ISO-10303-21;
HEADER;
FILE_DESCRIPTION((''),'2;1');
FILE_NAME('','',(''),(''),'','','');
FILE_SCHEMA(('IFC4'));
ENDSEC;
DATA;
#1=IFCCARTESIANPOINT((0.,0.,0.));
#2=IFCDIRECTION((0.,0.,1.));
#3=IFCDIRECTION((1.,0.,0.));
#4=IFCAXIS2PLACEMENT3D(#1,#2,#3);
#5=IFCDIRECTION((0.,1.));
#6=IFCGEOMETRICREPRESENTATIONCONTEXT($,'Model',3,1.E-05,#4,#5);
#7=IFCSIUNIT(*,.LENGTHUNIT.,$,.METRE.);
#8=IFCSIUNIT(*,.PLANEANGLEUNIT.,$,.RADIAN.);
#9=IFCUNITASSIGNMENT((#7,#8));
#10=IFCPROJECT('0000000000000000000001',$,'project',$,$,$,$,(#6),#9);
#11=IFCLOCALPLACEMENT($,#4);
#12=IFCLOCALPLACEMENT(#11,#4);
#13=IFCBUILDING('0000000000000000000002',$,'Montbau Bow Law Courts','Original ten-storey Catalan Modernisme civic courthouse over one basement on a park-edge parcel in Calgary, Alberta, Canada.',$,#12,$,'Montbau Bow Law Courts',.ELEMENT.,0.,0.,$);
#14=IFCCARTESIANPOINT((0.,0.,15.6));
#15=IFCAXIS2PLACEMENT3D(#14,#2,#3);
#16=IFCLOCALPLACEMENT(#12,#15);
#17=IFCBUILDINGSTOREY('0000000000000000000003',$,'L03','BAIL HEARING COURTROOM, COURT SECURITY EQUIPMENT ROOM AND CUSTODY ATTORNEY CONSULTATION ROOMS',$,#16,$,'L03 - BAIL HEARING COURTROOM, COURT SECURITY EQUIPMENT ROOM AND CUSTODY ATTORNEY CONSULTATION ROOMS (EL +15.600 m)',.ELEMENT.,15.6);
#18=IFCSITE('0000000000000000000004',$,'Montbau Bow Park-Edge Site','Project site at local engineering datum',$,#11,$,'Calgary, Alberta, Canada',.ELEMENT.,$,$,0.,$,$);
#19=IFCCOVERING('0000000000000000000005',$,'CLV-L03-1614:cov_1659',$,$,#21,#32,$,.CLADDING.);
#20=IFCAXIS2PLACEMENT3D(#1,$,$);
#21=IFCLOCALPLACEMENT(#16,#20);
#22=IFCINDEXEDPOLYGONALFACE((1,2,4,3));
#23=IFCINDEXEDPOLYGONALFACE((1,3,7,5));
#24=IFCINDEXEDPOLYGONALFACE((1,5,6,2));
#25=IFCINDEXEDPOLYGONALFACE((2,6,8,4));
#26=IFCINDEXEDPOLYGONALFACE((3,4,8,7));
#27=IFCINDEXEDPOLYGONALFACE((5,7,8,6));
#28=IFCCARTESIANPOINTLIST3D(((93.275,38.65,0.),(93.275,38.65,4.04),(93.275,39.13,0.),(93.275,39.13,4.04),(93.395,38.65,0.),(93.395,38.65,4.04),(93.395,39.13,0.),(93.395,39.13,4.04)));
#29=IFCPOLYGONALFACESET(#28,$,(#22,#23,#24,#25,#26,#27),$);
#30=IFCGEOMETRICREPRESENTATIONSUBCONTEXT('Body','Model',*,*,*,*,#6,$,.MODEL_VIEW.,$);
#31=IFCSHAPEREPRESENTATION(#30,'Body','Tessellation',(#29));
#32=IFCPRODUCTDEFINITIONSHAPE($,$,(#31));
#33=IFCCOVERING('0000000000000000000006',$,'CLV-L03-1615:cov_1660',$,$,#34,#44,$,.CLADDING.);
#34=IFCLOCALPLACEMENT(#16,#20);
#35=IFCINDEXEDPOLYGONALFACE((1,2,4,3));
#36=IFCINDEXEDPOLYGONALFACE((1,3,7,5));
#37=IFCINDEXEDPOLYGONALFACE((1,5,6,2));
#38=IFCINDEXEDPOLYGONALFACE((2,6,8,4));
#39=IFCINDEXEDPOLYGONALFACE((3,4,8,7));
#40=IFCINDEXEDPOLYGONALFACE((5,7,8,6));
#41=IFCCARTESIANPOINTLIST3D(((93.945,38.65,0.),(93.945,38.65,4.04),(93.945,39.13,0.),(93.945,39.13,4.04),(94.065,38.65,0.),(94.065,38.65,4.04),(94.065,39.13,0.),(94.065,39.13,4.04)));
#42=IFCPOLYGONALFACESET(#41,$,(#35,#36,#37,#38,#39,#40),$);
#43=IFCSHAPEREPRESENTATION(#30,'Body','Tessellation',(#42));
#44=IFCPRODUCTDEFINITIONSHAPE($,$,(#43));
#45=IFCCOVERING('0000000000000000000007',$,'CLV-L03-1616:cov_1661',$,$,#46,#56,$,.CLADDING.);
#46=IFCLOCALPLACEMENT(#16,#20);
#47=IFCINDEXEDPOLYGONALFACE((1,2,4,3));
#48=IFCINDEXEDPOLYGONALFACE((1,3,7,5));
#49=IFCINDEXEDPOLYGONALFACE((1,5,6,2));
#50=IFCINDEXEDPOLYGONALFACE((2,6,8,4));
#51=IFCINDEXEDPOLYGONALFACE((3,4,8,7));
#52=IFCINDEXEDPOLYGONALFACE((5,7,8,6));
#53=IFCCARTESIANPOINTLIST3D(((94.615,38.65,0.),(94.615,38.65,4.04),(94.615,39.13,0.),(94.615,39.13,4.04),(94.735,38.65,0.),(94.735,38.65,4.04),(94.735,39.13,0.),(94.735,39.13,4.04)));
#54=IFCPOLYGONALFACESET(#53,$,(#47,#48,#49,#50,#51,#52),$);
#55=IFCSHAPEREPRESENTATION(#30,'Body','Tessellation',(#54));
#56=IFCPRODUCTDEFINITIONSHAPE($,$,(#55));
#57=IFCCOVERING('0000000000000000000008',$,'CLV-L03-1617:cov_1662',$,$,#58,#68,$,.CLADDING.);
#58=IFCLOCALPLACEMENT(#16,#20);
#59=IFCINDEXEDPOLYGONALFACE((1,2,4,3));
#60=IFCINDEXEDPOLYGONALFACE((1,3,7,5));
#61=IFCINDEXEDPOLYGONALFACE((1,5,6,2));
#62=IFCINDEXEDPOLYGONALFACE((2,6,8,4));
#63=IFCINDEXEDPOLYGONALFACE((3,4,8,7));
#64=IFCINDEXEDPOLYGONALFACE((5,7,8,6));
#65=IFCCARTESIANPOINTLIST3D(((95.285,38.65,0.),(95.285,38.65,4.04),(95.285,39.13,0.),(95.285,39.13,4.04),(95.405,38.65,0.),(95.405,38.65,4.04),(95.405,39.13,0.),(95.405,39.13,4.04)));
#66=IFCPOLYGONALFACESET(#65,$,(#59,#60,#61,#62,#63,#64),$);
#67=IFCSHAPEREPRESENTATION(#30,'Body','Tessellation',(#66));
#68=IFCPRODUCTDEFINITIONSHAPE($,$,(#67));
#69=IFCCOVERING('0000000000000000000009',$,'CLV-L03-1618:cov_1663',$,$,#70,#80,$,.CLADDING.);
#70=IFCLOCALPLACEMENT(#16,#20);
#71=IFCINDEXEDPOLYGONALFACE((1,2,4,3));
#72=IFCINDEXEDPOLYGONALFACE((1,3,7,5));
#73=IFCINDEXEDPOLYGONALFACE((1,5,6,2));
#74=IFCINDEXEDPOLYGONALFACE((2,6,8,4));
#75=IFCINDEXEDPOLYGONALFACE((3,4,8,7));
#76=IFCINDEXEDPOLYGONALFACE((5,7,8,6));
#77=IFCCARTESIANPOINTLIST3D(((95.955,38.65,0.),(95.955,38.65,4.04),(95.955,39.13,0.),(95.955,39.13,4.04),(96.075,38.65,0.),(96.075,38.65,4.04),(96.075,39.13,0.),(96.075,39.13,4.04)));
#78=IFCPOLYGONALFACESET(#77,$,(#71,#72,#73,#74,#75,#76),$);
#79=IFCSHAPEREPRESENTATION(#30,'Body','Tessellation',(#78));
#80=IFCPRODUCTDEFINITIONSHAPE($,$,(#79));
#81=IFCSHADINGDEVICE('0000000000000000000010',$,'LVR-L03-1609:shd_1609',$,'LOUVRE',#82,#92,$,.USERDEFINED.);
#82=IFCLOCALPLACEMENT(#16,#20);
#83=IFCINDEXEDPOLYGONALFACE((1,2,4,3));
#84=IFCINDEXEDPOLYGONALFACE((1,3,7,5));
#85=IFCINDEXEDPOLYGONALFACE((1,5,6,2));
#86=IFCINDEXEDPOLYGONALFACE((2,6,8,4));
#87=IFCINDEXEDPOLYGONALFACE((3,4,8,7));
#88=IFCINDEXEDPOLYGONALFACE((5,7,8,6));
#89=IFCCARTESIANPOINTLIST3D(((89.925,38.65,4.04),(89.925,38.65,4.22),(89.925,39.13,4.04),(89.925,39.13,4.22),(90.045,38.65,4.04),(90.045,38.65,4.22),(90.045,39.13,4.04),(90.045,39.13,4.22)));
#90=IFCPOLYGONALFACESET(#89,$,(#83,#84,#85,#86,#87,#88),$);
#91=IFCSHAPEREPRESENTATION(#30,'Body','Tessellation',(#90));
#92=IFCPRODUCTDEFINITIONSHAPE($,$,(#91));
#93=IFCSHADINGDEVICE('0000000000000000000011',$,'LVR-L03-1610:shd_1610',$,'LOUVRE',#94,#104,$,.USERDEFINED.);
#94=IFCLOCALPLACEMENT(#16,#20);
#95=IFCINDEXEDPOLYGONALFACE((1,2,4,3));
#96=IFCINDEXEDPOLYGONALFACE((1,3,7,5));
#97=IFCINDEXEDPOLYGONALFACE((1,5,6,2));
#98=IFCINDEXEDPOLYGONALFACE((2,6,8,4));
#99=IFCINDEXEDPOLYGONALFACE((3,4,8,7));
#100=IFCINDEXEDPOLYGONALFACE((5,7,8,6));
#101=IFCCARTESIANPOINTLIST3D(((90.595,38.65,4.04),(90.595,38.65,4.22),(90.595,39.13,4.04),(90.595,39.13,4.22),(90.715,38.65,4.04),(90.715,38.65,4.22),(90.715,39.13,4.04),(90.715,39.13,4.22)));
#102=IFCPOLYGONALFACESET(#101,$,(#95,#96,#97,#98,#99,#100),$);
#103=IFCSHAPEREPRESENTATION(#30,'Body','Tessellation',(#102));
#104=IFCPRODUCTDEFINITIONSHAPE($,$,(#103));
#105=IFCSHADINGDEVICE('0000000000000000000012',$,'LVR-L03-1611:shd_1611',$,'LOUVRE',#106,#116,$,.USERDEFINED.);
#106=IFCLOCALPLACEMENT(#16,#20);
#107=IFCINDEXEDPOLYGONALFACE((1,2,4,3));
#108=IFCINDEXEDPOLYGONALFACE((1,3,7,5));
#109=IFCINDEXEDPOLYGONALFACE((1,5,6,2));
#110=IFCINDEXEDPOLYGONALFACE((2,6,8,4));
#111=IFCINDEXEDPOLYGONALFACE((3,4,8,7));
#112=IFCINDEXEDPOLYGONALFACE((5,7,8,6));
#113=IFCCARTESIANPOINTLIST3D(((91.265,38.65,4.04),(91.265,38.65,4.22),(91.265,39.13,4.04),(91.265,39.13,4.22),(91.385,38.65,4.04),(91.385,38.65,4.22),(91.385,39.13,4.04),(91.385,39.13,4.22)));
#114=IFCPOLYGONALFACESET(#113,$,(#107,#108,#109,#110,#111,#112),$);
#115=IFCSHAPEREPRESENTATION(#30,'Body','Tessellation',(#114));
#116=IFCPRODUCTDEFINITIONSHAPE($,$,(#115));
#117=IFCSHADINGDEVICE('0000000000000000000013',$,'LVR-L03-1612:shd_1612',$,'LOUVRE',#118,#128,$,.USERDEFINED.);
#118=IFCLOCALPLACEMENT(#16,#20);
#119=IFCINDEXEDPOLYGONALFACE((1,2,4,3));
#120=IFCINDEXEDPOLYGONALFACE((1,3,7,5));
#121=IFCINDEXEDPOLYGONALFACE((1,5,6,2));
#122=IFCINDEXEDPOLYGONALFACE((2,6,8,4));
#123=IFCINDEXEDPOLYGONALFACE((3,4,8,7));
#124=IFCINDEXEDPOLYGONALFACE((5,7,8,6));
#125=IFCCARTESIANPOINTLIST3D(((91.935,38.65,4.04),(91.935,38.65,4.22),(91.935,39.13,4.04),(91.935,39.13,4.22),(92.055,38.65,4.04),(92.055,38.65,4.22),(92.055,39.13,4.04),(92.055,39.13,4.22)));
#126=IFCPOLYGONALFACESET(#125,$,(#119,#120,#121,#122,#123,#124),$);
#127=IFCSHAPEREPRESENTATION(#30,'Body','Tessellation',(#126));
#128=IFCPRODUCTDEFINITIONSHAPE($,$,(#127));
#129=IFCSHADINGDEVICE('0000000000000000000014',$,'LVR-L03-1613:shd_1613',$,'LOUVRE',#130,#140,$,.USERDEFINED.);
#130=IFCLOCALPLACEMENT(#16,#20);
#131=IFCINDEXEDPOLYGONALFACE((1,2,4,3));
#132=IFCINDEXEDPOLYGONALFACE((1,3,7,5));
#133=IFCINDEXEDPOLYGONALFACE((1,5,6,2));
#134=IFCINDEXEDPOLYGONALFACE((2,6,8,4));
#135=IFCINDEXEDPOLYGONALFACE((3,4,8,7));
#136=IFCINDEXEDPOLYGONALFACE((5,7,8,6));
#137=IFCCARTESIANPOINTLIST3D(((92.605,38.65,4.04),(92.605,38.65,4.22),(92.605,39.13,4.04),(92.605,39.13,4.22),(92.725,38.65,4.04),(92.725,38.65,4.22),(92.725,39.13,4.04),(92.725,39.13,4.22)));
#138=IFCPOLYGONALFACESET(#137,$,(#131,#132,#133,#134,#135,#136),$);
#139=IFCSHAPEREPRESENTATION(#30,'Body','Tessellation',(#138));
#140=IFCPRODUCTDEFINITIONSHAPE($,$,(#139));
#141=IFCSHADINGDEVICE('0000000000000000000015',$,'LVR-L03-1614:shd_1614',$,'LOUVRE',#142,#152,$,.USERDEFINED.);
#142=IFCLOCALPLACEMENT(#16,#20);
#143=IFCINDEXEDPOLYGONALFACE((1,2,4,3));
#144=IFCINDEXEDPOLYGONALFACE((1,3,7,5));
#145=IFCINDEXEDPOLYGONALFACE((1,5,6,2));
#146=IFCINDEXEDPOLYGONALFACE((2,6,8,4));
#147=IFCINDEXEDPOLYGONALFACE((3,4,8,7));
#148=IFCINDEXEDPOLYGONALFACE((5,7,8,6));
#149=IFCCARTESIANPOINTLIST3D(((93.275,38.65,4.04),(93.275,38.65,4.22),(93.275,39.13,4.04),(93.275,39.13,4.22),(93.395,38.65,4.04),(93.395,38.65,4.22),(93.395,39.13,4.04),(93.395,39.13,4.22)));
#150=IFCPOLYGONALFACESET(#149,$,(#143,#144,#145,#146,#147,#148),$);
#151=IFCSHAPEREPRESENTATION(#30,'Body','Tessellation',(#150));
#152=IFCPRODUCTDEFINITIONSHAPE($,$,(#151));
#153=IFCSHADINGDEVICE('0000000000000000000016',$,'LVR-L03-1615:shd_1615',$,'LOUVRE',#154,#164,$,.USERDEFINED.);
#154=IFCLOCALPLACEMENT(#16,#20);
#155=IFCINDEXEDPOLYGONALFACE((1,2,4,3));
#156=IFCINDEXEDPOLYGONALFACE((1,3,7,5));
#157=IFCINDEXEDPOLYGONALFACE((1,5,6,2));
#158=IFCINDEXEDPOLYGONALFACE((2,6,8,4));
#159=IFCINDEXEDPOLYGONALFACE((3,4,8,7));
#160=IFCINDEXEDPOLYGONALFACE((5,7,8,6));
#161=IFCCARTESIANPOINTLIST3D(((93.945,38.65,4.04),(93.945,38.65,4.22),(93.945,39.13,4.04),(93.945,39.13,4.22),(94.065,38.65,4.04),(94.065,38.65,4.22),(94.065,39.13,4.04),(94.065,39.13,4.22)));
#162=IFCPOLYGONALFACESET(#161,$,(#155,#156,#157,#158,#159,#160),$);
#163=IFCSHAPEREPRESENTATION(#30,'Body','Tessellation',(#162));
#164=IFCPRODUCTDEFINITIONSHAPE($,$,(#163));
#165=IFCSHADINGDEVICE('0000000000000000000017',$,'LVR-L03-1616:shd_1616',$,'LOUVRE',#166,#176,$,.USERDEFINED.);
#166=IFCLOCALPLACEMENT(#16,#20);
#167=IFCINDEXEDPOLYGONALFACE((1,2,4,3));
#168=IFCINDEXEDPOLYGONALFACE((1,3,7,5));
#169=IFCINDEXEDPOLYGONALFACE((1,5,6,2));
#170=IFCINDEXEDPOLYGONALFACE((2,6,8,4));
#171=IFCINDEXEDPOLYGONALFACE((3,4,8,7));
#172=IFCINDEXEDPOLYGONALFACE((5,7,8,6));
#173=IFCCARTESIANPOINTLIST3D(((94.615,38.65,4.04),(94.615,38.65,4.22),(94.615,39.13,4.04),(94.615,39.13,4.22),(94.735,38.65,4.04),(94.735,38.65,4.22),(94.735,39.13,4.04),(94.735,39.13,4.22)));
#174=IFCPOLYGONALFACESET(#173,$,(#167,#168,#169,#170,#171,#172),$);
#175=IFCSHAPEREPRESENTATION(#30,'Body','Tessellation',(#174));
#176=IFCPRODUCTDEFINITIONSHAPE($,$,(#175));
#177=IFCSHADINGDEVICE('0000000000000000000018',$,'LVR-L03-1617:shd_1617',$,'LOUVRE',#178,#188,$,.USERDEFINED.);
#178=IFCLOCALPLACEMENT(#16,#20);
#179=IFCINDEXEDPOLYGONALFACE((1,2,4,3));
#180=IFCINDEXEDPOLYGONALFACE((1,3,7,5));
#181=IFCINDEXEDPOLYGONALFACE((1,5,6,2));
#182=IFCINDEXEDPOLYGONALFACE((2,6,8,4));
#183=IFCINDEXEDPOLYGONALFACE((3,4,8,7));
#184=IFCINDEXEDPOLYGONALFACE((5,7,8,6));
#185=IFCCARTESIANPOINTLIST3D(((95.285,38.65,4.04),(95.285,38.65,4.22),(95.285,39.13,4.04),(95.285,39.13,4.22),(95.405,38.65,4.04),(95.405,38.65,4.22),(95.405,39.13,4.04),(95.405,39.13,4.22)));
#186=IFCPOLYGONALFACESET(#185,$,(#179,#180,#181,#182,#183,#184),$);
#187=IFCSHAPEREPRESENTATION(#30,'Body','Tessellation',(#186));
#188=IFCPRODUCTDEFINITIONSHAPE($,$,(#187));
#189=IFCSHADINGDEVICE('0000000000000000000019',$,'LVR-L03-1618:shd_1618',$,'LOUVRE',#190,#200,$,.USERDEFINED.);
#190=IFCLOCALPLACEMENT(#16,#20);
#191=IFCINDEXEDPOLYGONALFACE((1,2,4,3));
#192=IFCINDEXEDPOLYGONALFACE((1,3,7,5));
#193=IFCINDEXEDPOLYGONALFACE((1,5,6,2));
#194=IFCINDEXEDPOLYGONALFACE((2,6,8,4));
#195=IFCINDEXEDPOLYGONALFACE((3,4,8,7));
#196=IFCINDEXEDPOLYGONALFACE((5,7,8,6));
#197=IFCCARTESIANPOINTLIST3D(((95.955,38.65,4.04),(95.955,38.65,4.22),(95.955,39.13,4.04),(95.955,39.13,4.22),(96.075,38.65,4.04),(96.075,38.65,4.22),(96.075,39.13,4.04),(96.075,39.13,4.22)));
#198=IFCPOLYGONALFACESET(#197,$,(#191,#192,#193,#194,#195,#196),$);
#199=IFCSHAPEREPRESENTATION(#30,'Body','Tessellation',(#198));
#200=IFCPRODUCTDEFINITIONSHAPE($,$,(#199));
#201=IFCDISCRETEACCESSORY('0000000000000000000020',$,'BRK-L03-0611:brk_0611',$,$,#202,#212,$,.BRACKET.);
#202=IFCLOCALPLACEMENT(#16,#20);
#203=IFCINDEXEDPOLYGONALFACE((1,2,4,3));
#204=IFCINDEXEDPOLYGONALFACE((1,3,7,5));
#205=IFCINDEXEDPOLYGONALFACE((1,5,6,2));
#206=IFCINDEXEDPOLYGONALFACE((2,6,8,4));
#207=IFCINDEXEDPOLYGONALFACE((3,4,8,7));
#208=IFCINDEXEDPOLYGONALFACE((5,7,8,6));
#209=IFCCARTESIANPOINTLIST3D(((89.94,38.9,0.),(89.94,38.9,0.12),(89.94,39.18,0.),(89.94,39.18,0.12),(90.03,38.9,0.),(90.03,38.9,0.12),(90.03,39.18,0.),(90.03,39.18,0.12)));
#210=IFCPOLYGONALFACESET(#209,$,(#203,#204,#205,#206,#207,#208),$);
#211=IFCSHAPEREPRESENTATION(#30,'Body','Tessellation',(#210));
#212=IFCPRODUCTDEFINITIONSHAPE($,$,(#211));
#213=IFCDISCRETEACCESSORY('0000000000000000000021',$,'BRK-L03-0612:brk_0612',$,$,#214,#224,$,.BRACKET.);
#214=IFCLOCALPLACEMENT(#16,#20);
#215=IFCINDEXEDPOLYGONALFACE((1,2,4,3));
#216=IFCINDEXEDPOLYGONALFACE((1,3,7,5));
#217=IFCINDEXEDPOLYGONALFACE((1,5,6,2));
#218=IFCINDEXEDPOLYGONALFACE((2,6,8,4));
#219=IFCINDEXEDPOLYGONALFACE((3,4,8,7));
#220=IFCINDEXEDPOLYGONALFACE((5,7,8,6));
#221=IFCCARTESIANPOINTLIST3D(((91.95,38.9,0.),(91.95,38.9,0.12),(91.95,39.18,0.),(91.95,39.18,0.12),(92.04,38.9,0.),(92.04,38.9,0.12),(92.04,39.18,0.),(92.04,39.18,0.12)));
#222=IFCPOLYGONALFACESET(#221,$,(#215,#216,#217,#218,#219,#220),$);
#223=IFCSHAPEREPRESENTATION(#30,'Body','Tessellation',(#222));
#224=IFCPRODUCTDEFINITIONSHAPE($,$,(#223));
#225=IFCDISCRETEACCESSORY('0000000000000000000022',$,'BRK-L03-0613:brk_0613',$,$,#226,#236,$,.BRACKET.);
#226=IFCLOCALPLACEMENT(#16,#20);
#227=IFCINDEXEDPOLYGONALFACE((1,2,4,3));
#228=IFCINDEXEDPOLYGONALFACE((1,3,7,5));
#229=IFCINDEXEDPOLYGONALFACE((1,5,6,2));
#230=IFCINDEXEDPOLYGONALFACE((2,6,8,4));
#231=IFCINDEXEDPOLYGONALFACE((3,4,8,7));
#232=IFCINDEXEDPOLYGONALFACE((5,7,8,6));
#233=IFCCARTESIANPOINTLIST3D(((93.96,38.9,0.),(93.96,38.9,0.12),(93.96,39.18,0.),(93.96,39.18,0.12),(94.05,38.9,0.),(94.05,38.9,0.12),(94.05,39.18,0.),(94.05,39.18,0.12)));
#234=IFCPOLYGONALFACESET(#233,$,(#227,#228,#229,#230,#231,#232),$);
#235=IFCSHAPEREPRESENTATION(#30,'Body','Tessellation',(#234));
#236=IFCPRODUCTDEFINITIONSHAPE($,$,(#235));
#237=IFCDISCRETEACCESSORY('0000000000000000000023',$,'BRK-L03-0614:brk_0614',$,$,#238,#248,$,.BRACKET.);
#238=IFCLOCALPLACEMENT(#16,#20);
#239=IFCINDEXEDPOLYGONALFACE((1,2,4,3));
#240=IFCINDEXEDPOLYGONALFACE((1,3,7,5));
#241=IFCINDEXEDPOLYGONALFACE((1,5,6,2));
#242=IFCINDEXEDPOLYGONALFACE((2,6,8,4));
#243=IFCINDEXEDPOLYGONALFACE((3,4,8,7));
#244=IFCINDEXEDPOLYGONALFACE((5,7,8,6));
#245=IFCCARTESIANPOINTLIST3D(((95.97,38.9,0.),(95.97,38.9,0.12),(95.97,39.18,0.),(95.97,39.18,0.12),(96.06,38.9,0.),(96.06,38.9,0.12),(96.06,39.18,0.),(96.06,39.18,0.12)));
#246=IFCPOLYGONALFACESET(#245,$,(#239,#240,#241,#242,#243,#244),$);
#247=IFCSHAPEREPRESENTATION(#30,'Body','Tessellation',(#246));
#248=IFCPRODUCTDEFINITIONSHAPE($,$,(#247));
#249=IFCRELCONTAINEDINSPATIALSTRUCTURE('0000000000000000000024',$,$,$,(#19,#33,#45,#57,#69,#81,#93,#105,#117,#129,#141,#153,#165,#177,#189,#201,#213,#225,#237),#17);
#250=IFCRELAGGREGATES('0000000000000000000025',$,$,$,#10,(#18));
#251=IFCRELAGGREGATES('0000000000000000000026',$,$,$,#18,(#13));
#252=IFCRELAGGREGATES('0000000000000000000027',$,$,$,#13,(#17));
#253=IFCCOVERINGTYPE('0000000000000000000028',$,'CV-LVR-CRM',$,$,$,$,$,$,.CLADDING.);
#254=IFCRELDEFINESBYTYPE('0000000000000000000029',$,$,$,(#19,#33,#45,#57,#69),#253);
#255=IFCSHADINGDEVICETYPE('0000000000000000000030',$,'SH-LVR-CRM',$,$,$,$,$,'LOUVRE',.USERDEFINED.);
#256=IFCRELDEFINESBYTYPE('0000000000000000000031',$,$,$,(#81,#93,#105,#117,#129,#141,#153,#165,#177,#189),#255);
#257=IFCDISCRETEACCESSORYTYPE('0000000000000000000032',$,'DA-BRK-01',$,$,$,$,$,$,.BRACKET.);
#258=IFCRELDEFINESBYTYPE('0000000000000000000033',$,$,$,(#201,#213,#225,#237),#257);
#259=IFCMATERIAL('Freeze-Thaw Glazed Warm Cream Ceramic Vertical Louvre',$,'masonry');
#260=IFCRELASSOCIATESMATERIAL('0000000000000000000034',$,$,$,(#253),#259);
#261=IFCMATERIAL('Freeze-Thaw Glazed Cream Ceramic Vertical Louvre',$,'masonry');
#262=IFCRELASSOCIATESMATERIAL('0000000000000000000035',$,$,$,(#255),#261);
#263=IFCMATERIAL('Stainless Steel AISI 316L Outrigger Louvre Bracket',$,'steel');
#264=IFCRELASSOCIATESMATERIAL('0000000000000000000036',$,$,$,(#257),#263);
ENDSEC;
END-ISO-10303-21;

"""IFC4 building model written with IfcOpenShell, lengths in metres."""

from ifc_helpers import new_model, si_unit, direction, frame, frame_2d, origin_with_axes, origin_2d_with_axis, place, context, subcontext, project, spatial, rectangle, extrude, material, type_object, element, save


model = new_model("IFC4")

# Units and contexts
model_context = context("Model", 3, precision=1e-05, world=origin_with_axes(), true_north=direction((0.0, 1.0)))
body_context = subcontext(model_context, "Body", "Model", "MODEL_VIEW")
ifc_project = project(units=[si_unit("LENGTHUNIT", "METRE"), si_unit("PLANEANGLEUNIT", "RADIAN")], contexts=[model_context])

# Site, building, storey
site_placement = place(None, origin_with_axes())
site = spatial("IfcSite", under=ifc_project, at=site_placement, Name="Montbau Bow Park-Edge Site", Description="Project site at local engineering datum", LongName="Calgary, Alberta, Canada", CompositionType="ELEMENT", RefElevation=0.0)
building_placement = place(site_placement, origin_with_axes())
building = spatial("IfcBuilding", under=site, at=building_placement, Name="Montbau Bow Law Courts", Description="Original ten-storey Catalan Modernisme civic courthouse over one basement on a park-edge parcel in Calgary, Alberta, Canada.", LongName="Montbau Bow Law Courts", CompositionType="ELEMENT", ElevationOfRefHeight=0.0, ElevationOfTerrain=0.0)
storey_placement = place(building_placement, frame((0.0, 0.0, 15.6), z_axis=(0.0, 0.0, 1.0), x_axis=(1.0, 0.0, 0.0)))
storey = spatial("IfcBuildingStorey", under=building, at=storey_placement, Name="L03", Description="BAIL HEARING COURTROOM, COURT SECURITY EQUIPMENT ROOM AND CUSTODY ATTORNEY CONSULTATION ROOMS", LongName="L03 - BAIL HEARING COURTROOM, COURT SECURITY EQUIPMENT ROOM AND CUSTODY ATTORNEY CONSULTATION ROOMS (EL +15.600 m)", CompositionType="ELEMENT", Elevation=15.6)

# Coverings
ifc_material_1 = material(Name="Freeze-Thaw Glazed Warm Cream Ceramic Vertical Louvre", Category="masonry")
covering_type = type_object("IfcCoveringType", Name="CV-LVR-CRM", PredefinedType="CLADDING", material=ifc_material_1)
for number, where, z_axis, x_axis, name in (
    (1, (93.335, 39.13, 15.6), (-1.0, 0.0, 0.0), (0.0, -1.0, 0.0), "CLV-L03-1614:cov_1659"),
    (2, (94.005, 39.13, 15.6), (-1.0, 0.0, 0.0), (0.0, -1.0, 0.0), "CLV-L03-1615:cov_1660"),
    (3, (94.675, 39.13, 15.6), (-1.0, 0.0, 0.0), (0.0, -1.0, 0.0), "CLV-L03-1616:cov_1661"),
    (4, (95.345, 39.13, 15.6), (-1.0, 0.0, 0.0), (0.0, -1.0, 0.0), "CLV-L03-1617:cov_1662"),
    (5, (96.015, 39.13, 15.6), (-1.0, 0.0, 0.0), (0.0, -1.0, 0.0), "CLV-L03-1618:cov_1663"),
):
    element("IfcCovering", number, at=place(None, frame(where, z_axis=z_axis, x_axis=x_axis)), inside=storey, type_object=covering_type, Name=name, PredefinedType="CLADDING", context=body_context, shape_type="SweptSolid", body=[
        extrude(rectangle(XDim=0.48, YDim=4.04, at=frame_2d((0.24, 2.02), x_axis=(1.0, 0.0))), frame((0.0, 0.0, -0.06), z_axis=(0.0, 0.0, 1.0), x_axis=(1.0, 0.0, 0.0)), (0.0, 0.0, 1.0), 0.12),
    ])

# Shading devices
ifc_material_2 = material(Name="Freeze-Thaw Glazed Cream Ceramic Vertical Louvre", Category="masonry")
shading_device_type = type_object("IfcShadingDeviceType", Name="SH-LVR-CRM", ElementType="LOUVRE", PredefinedType="USERDEFINED", material=ifc_material_2)
for number, where, z_axis, x_axis, name in (
    (6, (89.985, 38.89, 19.64), (0.0, 0.0, 1.0), (0.0, -1.0, 0.0), "LVR-L03-1609:shd_1609"),
    (7, (90.655, 38.89, 19.64), (0.0, 0.0, 1.0), (0.0, -1.0, 0.0), "LVR-L03-1610:shd_1610"),
    (8, (91.325, 38.89, 19.64), (0.0, 0.0, 1.0), (0.0, -1.0, 0.0), "LVR-L03-1611:shd_1611"),
    (9, (91.995, 38.89, 19.64), (0.0, 0.0, 1.0), (0.0, -1.0, 0.0), "LVR-L03-1612:shd_1612"),
    (10, (92.665, 38.89, 19.64), (0.0, 0.0, 1.0), (0.0, -1.0, 0.0), "LVR-L03-1613:shd_1613"),
    (11, (93.335, 38.89, 19.64), (0.0, 0.0, 1.0), (0.0, -1.0, 0.0), "LVR-L03-1614:shd_1614"),
    (12, (94.005, 38.89, 19.64), (0.0, 0.0, 1.0), (0.0, -1.0, 0.0), "LVR-L03-1615:shd_1615"),
    (13, (94.675, 38.89, 19.64), (0.0, 0.0, 1.0), (0.0, -1.0, 0.0), "LVR-L03-1616:shd_1616"),
    (14, (95.345, 38.89, 19.64), (0.0, 0.0, 1.0), (0.0, -1.0, 0.0), "LVR-L03-1617:shd_1617"),
    (15, (96.015, 38.89, 19.64), (0.0, 0.0, 1.0), (0.0, -1.0, 0.0), "LVR-L03-1618:shd_1618"),
):
    element("IfcShadingDevice", number, at=place(None, frame(where, z_axis=z_axis, x_axis=x_axis)), inside=storey, type_object=shading_device_type, Name=name, ObjectType="LOUVRE", PredefinedType="USERDEFINED", context=body_context, shape_type="SweptSolid", body=[
        extrude(rectangle(XDim=0.48, YDim=0.12, at=origin_2d_with_axis()), origin_with_axes(), (0.0, 0.0, 1.0), 0.18),
    ])

# Discrete accessories
ifc_material_3 = material(Name="Stainless Steel AISI 316L Outrigger Louvre Bracket", Category="steel")
discrete_accessory_type = type_object("IfcDiscreteAccessoryType", Name="DA-BRK-01", PredefinedType="BRACKET", material=ifc_material_3)
for number, where, z_axis, x_axis, name in (
    (16, (89.985, 39.04, 15.6), (0.0, 0.0, 1.0), (0.0, -1.0, 0.0), "BRK-L03-0611:brk_0611"),
    (17, (91.995, 39.04, 15.6), (0.0, 0.0, 1.0), (0.0, -1.0, 0.0), "BRK-L03-0612:brk_0612"),
    (18, (94.005, 39.04, 15.6), (0.0, 0.0, 1.0), (0.0, -1.0, 0.0), "BRK-L03-0613:brk_0613"),
    (19, (96.015, 39.04, 15.6), (0.0, 0.0, 1.0), (0.0, -1.0, 0.0), "BRK-L03-0614:brk_0614"),
):
    element("IfcDiscreteAccessory", number, at=place(None, frame(where, z_axis=z_axis, x_axis=x_axis)), inside=storey, type_object=discrete_accessory_type, Name=name, PredefinedType="BRACKET", context=body_context, shape_type="SweptSolid", body=[
        extrude(rectangle(XDim=0.28, YDim=0.09, at=origin_2d_with_axis()), origin_with_axes(), (0.0, 0.0, 1.0), 0.12),
    ])

save(model, "model.ifc")
